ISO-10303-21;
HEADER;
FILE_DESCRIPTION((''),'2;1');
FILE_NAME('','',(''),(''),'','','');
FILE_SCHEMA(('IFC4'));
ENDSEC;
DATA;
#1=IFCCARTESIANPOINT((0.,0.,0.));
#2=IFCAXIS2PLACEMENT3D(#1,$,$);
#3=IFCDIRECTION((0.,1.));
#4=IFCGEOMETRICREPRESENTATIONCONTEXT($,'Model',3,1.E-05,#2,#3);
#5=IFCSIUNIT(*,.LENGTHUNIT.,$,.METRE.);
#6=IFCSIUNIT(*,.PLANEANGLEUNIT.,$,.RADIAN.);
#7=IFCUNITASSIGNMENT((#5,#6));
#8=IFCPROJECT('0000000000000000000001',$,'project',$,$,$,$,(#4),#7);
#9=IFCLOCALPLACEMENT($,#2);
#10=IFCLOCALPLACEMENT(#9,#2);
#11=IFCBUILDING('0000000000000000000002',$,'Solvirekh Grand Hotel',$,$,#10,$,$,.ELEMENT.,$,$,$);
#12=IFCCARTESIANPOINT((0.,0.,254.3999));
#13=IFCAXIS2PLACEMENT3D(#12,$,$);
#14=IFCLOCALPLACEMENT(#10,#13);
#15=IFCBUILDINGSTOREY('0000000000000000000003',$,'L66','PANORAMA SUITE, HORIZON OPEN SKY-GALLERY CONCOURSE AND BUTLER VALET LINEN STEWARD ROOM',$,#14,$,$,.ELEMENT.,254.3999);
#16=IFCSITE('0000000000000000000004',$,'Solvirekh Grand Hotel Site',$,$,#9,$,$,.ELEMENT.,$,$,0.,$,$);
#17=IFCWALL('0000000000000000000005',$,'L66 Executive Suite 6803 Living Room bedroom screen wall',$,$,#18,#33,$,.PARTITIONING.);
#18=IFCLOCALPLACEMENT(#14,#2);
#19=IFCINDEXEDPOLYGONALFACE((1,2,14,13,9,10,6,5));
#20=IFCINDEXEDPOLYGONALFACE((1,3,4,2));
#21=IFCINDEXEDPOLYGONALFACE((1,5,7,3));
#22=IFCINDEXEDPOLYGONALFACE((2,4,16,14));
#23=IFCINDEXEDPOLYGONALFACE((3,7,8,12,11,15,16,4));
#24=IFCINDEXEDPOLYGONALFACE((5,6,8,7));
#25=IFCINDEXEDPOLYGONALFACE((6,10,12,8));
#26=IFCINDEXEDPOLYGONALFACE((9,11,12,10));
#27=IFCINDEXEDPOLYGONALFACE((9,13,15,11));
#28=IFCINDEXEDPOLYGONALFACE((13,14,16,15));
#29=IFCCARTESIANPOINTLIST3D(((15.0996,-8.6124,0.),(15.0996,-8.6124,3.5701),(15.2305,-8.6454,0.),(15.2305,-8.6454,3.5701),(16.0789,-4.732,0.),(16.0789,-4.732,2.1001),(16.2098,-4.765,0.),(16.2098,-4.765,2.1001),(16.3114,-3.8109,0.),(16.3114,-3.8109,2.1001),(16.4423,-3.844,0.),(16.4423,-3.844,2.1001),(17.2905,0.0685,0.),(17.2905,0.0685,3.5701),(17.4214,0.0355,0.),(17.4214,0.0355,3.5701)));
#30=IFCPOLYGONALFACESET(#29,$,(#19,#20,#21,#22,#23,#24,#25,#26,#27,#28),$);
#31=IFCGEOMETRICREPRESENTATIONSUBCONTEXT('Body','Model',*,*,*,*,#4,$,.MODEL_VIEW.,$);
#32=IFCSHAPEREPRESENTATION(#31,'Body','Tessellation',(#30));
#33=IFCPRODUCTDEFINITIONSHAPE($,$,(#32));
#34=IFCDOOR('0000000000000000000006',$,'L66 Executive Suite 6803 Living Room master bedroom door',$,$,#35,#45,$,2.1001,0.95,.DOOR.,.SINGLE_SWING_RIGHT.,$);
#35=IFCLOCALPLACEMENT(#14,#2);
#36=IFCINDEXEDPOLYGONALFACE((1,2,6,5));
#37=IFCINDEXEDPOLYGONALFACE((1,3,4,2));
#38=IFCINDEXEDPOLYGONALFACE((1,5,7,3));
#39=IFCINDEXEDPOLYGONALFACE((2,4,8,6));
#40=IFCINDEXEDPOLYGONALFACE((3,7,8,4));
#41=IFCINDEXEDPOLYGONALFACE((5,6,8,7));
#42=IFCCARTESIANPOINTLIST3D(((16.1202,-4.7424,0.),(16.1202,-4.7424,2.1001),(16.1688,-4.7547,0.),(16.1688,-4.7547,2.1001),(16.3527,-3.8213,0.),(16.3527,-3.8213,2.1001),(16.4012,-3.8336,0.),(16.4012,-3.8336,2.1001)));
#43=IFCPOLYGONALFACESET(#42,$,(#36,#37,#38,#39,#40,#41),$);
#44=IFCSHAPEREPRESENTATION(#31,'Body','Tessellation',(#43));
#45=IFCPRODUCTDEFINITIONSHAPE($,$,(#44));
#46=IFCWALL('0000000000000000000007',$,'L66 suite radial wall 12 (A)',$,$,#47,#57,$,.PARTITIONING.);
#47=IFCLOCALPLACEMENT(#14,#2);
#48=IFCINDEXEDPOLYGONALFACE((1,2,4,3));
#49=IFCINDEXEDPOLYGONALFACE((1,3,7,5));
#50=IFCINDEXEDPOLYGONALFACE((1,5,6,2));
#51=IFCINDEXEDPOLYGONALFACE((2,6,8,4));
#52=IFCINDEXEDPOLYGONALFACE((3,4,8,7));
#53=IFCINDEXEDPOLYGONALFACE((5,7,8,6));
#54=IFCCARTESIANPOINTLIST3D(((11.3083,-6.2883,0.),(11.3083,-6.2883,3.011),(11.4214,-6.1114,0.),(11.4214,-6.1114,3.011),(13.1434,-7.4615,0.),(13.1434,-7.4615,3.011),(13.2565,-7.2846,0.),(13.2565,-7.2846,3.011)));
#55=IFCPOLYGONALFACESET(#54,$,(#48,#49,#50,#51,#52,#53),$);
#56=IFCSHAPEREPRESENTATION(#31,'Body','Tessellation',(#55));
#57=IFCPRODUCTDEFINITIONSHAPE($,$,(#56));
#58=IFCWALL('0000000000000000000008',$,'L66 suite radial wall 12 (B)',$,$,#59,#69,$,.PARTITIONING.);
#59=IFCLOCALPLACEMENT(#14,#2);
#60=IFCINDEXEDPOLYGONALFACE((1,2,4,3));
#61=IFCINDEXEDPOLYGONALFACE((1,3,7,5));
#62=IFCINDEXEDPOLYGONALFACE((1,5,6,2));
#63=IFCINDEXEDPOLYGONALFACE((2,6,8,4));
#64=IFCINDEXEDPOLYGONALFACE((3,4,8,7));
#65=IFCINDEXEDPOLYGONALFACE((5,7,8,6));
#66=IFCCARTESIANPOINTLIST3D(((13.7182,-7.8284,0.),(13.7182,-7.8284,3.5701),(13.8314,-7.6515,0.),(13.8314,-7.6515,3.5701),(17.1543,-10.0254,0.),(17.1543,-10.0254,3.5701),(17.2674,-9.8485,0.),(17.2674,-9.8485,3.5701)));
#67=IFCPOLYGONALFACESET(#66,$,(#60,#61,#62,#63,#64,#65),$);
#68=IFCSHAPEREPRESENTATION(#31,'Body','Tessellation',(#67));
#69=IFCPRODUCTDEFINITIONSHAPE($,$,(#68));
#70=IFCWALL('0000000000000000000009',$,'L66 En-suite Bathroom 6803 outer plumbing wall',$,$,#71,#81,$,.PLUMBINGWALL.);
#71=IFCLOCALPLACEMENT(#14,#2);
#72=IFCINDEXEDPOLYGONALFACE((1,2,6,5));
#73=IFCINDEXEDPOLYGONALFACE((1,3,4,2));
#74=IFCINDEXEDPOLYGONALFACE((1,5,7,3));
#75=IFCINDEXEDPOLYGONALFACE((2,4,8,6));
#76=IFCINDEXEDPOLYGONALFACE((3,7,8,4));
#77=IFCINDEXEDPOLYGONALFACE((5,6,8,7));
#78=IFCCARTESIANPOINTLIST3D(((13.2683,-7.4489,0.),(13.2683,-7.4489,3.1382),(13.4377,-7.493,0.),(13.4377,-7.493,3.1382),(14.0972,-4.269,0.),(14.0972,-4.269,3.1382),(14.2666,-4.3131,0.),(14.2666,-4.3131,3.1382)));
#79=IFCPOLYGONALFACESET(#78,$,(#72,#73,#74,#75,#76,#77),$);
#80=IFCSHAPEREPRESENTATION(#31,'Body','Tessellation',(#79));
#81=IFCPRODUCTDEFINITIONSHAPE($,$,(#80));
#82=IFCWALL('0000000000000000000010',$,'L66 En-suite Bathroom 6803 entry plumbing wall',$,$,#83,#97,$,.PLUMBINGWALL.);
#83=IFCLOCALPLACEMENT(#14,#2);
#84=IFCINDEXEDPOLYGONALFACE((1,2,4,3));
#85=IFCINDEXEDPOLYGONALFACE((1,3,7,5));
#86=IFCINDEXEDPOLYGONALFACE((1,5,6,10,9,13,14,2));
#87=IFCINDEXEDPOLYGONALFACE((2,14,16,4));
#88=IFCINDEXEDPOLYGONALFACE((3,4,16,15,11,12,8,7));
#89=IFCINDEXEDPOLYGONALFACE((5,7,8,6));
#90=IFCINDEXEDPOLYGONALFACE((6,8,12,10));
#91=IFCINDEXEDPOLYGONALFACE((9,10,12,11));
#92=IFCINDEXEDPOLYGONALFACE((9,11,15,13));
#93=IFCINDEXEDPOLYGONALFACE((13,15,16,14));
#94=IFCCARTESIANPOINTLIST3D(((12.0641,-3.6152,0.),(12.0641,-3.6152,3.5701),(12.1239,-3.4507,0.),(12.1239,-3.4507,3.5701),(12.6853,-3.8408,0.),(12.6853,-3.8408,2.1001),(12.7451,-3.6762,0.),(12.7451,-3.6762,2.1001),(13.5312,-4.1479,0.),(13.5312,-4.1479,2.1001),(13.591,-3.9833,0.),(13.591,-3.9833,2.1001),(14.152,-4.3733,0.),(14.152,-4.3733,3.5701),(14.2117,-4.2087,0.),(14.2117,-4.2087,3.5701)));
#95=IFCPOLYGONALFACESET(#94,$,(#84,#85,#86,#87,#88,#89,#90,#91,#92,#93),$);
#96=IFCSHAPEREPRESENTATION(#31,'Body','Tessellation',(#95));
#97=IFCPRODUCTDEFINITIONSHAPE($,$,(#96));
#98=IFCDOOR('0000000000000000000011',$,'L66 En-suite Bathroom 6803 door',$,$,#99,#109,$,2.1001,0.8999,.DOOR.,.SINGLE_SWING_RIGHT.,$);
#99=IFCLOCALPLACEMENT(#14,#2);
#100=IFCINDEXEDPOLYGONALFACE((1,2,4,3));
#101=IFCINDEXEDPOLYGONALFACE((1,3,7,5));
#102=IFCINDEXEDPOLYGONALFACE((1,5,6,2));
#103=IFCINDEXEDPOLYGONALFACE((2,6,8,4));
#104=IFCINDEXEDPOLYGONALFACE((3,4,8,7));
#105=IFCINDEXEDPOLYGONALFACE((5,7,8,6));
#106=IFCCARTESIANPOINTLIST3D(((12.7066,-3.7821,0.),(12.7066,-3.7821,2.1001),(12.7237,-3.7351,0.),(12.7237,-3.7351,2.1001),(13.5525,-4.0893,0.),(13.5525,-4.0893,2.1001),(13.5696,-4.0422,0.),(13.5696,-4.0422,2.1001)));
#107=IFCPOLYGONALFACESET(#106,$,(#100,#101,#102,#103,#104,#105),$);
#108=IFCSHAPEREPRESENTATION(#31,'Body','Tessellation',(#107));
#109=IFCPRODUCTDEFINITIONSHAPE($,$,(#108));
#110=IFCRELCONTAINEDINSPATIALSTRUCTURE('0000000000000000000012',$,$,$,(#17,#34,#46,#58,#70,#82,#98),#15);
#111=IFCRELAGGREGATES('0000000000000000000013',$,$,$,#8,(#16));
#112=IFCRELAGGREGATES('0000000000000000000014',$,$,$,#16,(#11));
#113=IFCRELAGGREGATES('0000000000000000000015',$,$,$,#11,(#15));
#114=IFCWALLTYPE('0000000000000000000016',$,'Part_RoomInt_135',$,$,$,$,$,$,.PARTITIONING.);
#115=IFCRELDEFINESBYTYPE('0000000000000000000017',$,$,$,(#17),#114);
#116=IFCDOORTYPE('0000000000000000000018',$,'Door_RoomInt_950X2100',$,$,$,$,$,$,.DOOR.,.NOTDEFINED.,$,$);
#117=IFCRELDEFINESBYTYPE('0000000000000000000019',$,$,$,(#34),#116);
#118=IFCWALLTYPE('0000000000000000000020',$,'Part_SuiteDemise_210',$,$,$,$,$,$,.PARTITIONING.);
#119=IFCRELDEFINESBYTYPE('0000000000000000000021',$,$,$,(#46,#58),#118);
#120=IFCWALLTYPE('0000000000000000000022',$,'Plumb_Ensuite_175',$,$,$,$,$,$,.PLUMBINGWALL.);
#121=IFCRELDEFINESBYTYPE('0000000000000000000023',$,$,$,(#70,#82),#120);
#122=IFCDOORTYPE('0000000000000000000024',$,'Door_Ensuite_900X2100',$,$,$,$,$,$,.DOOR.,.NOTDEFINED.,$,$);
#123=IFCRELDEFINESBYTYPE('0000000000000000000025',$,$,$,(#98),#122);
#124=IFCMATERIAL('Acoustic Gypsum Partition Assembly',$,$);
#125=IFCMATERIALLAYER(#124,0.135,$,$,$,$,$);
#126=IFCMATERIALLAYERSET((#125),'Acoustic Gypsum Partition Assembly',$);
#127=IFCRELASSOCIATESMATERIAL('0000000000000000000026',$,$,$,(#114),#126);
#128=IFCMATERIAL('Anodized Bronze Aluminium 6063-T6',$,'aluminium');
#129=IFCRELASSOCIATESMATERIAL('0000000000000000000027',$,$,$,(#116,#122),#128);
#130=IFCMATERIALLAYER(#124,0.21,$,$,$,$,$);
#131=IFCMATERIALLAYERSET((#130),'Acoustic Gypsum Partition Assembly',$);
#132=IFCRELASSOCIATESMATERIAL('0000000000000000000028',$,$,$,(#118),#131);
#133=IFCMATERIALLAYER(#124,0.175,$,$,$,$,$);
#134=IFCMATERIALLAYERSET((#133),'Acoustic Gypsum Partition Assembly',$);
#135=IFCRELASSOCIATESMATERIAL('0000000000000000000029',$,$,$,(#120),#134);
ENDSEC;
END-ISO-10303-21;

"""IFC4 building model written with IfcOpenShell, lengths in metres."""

from ifc_helpers import new_model, si_unit, direction, frame, frame_2d, origin, place, context, subcontext, project, spatial, rectangle, extrude, material, layer, layer_set, type_object, element, fill, save


model = new_model("IFC4")

# Units and contexts
model_context = context("Model", 3, precision=1e-05, world=origin(), true_north=direction((0.0, 1.0)))
body_context = subcontext(model_context, "Body", "Model", "MODEL_VIEW")
ifc_project = project(units=[si_unit("LENGTHUNIT", "METRE"), si_unit("PLANEANGLEUNIT", "RADIAN")], contexts=[model_context])

# Site, building, storey
site_placement = place(None, origin())
site = spatial("IfcSite", under=ifc_project, at=site_placement, Name="Solvirekh Grand Hotel Site", CompositionType="ELEMENT", RefElevation=0.0)
building_placement = place(site_placement, origin())
building = spatial("IfcBuilding", under=site, at=building_placement, Name="Solvirekh Grand Hotel", CompositionType="ELEMENT")
storey_placement = place(building_placement, frame((0.0, 0.0, 254.3999)))
storey = spatial("IfcBuildingStorey", under=building, at=storey_placement, Name="L66", Description="PANORAMA SUITE, HORIZON OPEN SKY-GALLERY CONCOURSE AND BUTLER VALET LINEN STEWARD ROOM", CompositionType="ELEMENT", Elevation=254.3999)

# Shared definitions
ifc_material_1 = material(Name="Anodized Bronze Aluminium 6063-T6", Category="aluminium")

# Shared definitions
ifc_material_2 = material(Name="Acoustic Gypsum Partition Assembly")

# Wall, opening, door
ifc_layer_1 = layer(ifc_material_2, 0.135)
ifc_layer_set_1 = layer_set([ifc_layer_1], Name="Acoustic Gypsum Partition Assembly")
wall_type_1 = type_object("IfcWallType", Name="Part_RoomInt_135", PredefinedType="PARTITIONING", material=ifc_layer_set_1)
wall_1_placement = place(storey_placement, frame((15.165, -8.6289, 0.0), z_axis=(0.0, 0.0, 1.0), x_axis=(0.24471, 0.969596, 0.0)))
wall_1 = element("IfcWall", 1, at=wall_1_placement, inside=storey, type_object=wall_type_1, Name="L66 Executive Suite 6803 Living Room bedroom screen wall", PredefinedType="PARTITIONING", context=body_context, shape_type="SweptSolid", body=[
    extrude(rectangle(XDim=8.9531, YDim=0.135, at=frame_2d((4.4766, 0.0))), origin(), (0.0, 0.0, 1.0), 3.5701),
])
opening_1_placement = place(wall_1_placement, frame((4.002, 0.0, 0.0)))
opening_1 = element("IfcOpeningElement", 2, at=opening_1_placement, cuts=wall_1, PredefinedType="OPENING", context=body_context, shape_type="SweptSolid", body=[
    extrude(rectangle(XDim=0.95, YDim=2.1001, at=frame_2d((0.4751, 1.05))), frame((0.0, 0.0776, 0.0), z_axis=(0.0, -1.0, 0.0), x_axis=(1.0, 0.0, 0.0)), (0.0, 0.0, 1.0), 0.155),
])
door_type_1 = type_object("IfcDoorType", Name="Door_RoomInt_950X2100", OperationType="NOTDEFINED", PredefinedType="DOOR", material=ifc_material_1)
door_1_placement = place(opening_1_placement, origin())
door_1 = element("IfcDoor", 3, at=door_1_placement, inside=storey, type_object=door_type_1, Name="L66 Executive Suite 6803 Living Room master bedroom door", OperationType="SINGLE_SWING_RIGHT", OverallHeight=2.1001, OverallWidth=0.95, PredefinedType="DOOR", context=body_context, shape_type="SweptSolid", body=[
    extrude(rectangle(XDim=0.95, YDim=2.1001, at=frame_2d((0.4751, 1.05))), frame((0.0, 0.0249, 0.0), z_axis=(0.0, -1.0, 0.0), x_axis=(1.0, 0.0, 0.0)), (0.0, 0.0, 1.0), 0.05),
])
fill(opening_1, door_1)

# Walls
ifc_layer_2 = layer(ifc_material_2, 0.21)
ifc_layer_set_2 = layer_set([ifc_layer_2], Name="Acoustic Gypsum Partition Assembly")
wall_type_2 = type_object("IfcWallType", Name="Part_SuiteDemise_210", PredefinedType="PARTITIONING", material=ifc_layer_set_2)
wall_2_placement = place(storey_placement, frame((11.365, -6.2, 0.0), z_axis=(0.0, 0.0, 1.0), x_axis=(0.842538, -0.538637, 0.0)))
element("IfcWall", 4, at=wall_2_placement, inside=storey, type_object=wall_type_2, Name="L66 suite radial wall 12 (A)", PredefinedType="PARTITIONING", context=body_context, shape_type="SweptSolid", body=[
    extrude(rectangle(XDim=2.178, YDim=0.21, at=frame_2d((1.0889, 0.0))), origin(), (0.0, 0.0, 1.0), 3.011),
])
wall_3_placement = place(storey_placement, frame((13.7749, -7.74, 0.0), z_axis=(0.0, 0.0, 1.0), x_axis=(0.842499, -0.538699, 0.0)))
element("IfcWall", 5, at=wall_3_placement, inside=storey, type_object=wall_type_2, Name="L66 suite radial wall 12 (B)", PredefinedType="PARTITIONING", context=body_context, shape_type="SweptSolid", body=[
    extrude(rectangle(XDim=4.0784, YDim=0.21, at=frame_2d((2.0391, 0.0))), origin(), (0.0, 0.0, 1.0), 3.5701),
])
ifc_layer_3 = layer(ifc_material_2, 0.175)
ifc_layer_set_3 = layer_set([ifc_layer_3], Name="Acoustic Gypsum Partition Assembly")
wall_type_3 = type_object("IfcWallType", Name="Plumb_Ensuite_175", PredefinedType="PLUMBINGWALL", material=ifc_layer_set_3)
wall_4_placement = place(storey_placement, frame((13.353, -7.4709, 0.0), z_axis=(0.0, 0.0, 1.0), x_axis=(0.252225, 0.967669, 0.0)))
element("IfcWall", 6, at=wall_4_placement, inside=storey, type_object=wall_type_3, Name="L66 En-suite Bathroom 6803 outer plumbing wall", PredefinedType="PLUMBINGWALL", context=body_context, shape_type="SweptSolid", body=[
    extrude(rectangle(XDim=3.2861, YDim=0.175, at=frame_2d((1.6431, 0.0))), origin(), (0.0, 0.0, 1.0), 3.1382),
])

# Wall, opening, door
wall_5_placement = place(storey_placement, frame((12.094, -3.533, 0.0), z_axis=(0.0, 0.0, 1.0), x_axis=(0.939963, -0.341275, 0.0)))
wall_5 = element("IfcWall", 7, at=wall_5_placement, inside=storey, type_object=wall_type_3, Name="L66 En-suite Bathroom 6803 entry plumbing wall", PredefinedType="PLUMBINGWALL", context=body_context, shape_type="SweptSolid", body=[
    extrude(rectangle(XDim=2.2212, YDim=0.175, at=frame_2d((1.1106, 0.0))), origin(), (0.0, 0.0, 1.0), 3.5701),
])
opening_2_placement = place(wall_5_placement, frame((0.6609, 0.0, 0.0)))
opening_2 = element("IfcOpeningElement", 8, at=opening_2_placement, cuts=wall_5, PredefinedType="OPENING", context=body_context, shape_type="SweptSolid", body=[
    extrude(rectangle(XDim=0.8999, YDim=2.1001, at=frame_2d((0.45, 1.05))), frame((0.0, 0.0977, 0.0), z_axis=(0.0, -1.0, 0.0), x_axis=(1.0, 0.0, 0.0)), (0.0, 0.0, 1.0), 0.1951),
])
door_type_2 = type_object("IfcDoorType", Name="Door_Ensuite_900X2100", OperationType="NOTDEFINED", PredefinedType="DOOR", material=ifc_material_1)
door_2_placement = place(opening_2_placement, origin())
door_2 = element("IfcDoor", 9, at=door_2_placement, inside=storey, type_object=door_type_2, Name="L66 En-suite Bathroom 6803 door", OperationType="SINGLE_SWING_RIGHT", OverallHeight=2.1001, OverallWidth=0.8999, PredefinedType="DOOR", context=body_context, shape_type="SweptSolid", body=[
    extrude(rectangle(XDim=0.8999, YDim=2.1001, at=frame_2d((0.45, 1.05))), frame((0.0, 0.0249, 0.0), z_axis=(0.0, -1.0, 0.0), x_axis=(1.0, 0.0, 0.0)), (0.0, 0.0, 1.0), 0.05),
])
fill(opening_2, door_2)

save(model, "model.ifc")
